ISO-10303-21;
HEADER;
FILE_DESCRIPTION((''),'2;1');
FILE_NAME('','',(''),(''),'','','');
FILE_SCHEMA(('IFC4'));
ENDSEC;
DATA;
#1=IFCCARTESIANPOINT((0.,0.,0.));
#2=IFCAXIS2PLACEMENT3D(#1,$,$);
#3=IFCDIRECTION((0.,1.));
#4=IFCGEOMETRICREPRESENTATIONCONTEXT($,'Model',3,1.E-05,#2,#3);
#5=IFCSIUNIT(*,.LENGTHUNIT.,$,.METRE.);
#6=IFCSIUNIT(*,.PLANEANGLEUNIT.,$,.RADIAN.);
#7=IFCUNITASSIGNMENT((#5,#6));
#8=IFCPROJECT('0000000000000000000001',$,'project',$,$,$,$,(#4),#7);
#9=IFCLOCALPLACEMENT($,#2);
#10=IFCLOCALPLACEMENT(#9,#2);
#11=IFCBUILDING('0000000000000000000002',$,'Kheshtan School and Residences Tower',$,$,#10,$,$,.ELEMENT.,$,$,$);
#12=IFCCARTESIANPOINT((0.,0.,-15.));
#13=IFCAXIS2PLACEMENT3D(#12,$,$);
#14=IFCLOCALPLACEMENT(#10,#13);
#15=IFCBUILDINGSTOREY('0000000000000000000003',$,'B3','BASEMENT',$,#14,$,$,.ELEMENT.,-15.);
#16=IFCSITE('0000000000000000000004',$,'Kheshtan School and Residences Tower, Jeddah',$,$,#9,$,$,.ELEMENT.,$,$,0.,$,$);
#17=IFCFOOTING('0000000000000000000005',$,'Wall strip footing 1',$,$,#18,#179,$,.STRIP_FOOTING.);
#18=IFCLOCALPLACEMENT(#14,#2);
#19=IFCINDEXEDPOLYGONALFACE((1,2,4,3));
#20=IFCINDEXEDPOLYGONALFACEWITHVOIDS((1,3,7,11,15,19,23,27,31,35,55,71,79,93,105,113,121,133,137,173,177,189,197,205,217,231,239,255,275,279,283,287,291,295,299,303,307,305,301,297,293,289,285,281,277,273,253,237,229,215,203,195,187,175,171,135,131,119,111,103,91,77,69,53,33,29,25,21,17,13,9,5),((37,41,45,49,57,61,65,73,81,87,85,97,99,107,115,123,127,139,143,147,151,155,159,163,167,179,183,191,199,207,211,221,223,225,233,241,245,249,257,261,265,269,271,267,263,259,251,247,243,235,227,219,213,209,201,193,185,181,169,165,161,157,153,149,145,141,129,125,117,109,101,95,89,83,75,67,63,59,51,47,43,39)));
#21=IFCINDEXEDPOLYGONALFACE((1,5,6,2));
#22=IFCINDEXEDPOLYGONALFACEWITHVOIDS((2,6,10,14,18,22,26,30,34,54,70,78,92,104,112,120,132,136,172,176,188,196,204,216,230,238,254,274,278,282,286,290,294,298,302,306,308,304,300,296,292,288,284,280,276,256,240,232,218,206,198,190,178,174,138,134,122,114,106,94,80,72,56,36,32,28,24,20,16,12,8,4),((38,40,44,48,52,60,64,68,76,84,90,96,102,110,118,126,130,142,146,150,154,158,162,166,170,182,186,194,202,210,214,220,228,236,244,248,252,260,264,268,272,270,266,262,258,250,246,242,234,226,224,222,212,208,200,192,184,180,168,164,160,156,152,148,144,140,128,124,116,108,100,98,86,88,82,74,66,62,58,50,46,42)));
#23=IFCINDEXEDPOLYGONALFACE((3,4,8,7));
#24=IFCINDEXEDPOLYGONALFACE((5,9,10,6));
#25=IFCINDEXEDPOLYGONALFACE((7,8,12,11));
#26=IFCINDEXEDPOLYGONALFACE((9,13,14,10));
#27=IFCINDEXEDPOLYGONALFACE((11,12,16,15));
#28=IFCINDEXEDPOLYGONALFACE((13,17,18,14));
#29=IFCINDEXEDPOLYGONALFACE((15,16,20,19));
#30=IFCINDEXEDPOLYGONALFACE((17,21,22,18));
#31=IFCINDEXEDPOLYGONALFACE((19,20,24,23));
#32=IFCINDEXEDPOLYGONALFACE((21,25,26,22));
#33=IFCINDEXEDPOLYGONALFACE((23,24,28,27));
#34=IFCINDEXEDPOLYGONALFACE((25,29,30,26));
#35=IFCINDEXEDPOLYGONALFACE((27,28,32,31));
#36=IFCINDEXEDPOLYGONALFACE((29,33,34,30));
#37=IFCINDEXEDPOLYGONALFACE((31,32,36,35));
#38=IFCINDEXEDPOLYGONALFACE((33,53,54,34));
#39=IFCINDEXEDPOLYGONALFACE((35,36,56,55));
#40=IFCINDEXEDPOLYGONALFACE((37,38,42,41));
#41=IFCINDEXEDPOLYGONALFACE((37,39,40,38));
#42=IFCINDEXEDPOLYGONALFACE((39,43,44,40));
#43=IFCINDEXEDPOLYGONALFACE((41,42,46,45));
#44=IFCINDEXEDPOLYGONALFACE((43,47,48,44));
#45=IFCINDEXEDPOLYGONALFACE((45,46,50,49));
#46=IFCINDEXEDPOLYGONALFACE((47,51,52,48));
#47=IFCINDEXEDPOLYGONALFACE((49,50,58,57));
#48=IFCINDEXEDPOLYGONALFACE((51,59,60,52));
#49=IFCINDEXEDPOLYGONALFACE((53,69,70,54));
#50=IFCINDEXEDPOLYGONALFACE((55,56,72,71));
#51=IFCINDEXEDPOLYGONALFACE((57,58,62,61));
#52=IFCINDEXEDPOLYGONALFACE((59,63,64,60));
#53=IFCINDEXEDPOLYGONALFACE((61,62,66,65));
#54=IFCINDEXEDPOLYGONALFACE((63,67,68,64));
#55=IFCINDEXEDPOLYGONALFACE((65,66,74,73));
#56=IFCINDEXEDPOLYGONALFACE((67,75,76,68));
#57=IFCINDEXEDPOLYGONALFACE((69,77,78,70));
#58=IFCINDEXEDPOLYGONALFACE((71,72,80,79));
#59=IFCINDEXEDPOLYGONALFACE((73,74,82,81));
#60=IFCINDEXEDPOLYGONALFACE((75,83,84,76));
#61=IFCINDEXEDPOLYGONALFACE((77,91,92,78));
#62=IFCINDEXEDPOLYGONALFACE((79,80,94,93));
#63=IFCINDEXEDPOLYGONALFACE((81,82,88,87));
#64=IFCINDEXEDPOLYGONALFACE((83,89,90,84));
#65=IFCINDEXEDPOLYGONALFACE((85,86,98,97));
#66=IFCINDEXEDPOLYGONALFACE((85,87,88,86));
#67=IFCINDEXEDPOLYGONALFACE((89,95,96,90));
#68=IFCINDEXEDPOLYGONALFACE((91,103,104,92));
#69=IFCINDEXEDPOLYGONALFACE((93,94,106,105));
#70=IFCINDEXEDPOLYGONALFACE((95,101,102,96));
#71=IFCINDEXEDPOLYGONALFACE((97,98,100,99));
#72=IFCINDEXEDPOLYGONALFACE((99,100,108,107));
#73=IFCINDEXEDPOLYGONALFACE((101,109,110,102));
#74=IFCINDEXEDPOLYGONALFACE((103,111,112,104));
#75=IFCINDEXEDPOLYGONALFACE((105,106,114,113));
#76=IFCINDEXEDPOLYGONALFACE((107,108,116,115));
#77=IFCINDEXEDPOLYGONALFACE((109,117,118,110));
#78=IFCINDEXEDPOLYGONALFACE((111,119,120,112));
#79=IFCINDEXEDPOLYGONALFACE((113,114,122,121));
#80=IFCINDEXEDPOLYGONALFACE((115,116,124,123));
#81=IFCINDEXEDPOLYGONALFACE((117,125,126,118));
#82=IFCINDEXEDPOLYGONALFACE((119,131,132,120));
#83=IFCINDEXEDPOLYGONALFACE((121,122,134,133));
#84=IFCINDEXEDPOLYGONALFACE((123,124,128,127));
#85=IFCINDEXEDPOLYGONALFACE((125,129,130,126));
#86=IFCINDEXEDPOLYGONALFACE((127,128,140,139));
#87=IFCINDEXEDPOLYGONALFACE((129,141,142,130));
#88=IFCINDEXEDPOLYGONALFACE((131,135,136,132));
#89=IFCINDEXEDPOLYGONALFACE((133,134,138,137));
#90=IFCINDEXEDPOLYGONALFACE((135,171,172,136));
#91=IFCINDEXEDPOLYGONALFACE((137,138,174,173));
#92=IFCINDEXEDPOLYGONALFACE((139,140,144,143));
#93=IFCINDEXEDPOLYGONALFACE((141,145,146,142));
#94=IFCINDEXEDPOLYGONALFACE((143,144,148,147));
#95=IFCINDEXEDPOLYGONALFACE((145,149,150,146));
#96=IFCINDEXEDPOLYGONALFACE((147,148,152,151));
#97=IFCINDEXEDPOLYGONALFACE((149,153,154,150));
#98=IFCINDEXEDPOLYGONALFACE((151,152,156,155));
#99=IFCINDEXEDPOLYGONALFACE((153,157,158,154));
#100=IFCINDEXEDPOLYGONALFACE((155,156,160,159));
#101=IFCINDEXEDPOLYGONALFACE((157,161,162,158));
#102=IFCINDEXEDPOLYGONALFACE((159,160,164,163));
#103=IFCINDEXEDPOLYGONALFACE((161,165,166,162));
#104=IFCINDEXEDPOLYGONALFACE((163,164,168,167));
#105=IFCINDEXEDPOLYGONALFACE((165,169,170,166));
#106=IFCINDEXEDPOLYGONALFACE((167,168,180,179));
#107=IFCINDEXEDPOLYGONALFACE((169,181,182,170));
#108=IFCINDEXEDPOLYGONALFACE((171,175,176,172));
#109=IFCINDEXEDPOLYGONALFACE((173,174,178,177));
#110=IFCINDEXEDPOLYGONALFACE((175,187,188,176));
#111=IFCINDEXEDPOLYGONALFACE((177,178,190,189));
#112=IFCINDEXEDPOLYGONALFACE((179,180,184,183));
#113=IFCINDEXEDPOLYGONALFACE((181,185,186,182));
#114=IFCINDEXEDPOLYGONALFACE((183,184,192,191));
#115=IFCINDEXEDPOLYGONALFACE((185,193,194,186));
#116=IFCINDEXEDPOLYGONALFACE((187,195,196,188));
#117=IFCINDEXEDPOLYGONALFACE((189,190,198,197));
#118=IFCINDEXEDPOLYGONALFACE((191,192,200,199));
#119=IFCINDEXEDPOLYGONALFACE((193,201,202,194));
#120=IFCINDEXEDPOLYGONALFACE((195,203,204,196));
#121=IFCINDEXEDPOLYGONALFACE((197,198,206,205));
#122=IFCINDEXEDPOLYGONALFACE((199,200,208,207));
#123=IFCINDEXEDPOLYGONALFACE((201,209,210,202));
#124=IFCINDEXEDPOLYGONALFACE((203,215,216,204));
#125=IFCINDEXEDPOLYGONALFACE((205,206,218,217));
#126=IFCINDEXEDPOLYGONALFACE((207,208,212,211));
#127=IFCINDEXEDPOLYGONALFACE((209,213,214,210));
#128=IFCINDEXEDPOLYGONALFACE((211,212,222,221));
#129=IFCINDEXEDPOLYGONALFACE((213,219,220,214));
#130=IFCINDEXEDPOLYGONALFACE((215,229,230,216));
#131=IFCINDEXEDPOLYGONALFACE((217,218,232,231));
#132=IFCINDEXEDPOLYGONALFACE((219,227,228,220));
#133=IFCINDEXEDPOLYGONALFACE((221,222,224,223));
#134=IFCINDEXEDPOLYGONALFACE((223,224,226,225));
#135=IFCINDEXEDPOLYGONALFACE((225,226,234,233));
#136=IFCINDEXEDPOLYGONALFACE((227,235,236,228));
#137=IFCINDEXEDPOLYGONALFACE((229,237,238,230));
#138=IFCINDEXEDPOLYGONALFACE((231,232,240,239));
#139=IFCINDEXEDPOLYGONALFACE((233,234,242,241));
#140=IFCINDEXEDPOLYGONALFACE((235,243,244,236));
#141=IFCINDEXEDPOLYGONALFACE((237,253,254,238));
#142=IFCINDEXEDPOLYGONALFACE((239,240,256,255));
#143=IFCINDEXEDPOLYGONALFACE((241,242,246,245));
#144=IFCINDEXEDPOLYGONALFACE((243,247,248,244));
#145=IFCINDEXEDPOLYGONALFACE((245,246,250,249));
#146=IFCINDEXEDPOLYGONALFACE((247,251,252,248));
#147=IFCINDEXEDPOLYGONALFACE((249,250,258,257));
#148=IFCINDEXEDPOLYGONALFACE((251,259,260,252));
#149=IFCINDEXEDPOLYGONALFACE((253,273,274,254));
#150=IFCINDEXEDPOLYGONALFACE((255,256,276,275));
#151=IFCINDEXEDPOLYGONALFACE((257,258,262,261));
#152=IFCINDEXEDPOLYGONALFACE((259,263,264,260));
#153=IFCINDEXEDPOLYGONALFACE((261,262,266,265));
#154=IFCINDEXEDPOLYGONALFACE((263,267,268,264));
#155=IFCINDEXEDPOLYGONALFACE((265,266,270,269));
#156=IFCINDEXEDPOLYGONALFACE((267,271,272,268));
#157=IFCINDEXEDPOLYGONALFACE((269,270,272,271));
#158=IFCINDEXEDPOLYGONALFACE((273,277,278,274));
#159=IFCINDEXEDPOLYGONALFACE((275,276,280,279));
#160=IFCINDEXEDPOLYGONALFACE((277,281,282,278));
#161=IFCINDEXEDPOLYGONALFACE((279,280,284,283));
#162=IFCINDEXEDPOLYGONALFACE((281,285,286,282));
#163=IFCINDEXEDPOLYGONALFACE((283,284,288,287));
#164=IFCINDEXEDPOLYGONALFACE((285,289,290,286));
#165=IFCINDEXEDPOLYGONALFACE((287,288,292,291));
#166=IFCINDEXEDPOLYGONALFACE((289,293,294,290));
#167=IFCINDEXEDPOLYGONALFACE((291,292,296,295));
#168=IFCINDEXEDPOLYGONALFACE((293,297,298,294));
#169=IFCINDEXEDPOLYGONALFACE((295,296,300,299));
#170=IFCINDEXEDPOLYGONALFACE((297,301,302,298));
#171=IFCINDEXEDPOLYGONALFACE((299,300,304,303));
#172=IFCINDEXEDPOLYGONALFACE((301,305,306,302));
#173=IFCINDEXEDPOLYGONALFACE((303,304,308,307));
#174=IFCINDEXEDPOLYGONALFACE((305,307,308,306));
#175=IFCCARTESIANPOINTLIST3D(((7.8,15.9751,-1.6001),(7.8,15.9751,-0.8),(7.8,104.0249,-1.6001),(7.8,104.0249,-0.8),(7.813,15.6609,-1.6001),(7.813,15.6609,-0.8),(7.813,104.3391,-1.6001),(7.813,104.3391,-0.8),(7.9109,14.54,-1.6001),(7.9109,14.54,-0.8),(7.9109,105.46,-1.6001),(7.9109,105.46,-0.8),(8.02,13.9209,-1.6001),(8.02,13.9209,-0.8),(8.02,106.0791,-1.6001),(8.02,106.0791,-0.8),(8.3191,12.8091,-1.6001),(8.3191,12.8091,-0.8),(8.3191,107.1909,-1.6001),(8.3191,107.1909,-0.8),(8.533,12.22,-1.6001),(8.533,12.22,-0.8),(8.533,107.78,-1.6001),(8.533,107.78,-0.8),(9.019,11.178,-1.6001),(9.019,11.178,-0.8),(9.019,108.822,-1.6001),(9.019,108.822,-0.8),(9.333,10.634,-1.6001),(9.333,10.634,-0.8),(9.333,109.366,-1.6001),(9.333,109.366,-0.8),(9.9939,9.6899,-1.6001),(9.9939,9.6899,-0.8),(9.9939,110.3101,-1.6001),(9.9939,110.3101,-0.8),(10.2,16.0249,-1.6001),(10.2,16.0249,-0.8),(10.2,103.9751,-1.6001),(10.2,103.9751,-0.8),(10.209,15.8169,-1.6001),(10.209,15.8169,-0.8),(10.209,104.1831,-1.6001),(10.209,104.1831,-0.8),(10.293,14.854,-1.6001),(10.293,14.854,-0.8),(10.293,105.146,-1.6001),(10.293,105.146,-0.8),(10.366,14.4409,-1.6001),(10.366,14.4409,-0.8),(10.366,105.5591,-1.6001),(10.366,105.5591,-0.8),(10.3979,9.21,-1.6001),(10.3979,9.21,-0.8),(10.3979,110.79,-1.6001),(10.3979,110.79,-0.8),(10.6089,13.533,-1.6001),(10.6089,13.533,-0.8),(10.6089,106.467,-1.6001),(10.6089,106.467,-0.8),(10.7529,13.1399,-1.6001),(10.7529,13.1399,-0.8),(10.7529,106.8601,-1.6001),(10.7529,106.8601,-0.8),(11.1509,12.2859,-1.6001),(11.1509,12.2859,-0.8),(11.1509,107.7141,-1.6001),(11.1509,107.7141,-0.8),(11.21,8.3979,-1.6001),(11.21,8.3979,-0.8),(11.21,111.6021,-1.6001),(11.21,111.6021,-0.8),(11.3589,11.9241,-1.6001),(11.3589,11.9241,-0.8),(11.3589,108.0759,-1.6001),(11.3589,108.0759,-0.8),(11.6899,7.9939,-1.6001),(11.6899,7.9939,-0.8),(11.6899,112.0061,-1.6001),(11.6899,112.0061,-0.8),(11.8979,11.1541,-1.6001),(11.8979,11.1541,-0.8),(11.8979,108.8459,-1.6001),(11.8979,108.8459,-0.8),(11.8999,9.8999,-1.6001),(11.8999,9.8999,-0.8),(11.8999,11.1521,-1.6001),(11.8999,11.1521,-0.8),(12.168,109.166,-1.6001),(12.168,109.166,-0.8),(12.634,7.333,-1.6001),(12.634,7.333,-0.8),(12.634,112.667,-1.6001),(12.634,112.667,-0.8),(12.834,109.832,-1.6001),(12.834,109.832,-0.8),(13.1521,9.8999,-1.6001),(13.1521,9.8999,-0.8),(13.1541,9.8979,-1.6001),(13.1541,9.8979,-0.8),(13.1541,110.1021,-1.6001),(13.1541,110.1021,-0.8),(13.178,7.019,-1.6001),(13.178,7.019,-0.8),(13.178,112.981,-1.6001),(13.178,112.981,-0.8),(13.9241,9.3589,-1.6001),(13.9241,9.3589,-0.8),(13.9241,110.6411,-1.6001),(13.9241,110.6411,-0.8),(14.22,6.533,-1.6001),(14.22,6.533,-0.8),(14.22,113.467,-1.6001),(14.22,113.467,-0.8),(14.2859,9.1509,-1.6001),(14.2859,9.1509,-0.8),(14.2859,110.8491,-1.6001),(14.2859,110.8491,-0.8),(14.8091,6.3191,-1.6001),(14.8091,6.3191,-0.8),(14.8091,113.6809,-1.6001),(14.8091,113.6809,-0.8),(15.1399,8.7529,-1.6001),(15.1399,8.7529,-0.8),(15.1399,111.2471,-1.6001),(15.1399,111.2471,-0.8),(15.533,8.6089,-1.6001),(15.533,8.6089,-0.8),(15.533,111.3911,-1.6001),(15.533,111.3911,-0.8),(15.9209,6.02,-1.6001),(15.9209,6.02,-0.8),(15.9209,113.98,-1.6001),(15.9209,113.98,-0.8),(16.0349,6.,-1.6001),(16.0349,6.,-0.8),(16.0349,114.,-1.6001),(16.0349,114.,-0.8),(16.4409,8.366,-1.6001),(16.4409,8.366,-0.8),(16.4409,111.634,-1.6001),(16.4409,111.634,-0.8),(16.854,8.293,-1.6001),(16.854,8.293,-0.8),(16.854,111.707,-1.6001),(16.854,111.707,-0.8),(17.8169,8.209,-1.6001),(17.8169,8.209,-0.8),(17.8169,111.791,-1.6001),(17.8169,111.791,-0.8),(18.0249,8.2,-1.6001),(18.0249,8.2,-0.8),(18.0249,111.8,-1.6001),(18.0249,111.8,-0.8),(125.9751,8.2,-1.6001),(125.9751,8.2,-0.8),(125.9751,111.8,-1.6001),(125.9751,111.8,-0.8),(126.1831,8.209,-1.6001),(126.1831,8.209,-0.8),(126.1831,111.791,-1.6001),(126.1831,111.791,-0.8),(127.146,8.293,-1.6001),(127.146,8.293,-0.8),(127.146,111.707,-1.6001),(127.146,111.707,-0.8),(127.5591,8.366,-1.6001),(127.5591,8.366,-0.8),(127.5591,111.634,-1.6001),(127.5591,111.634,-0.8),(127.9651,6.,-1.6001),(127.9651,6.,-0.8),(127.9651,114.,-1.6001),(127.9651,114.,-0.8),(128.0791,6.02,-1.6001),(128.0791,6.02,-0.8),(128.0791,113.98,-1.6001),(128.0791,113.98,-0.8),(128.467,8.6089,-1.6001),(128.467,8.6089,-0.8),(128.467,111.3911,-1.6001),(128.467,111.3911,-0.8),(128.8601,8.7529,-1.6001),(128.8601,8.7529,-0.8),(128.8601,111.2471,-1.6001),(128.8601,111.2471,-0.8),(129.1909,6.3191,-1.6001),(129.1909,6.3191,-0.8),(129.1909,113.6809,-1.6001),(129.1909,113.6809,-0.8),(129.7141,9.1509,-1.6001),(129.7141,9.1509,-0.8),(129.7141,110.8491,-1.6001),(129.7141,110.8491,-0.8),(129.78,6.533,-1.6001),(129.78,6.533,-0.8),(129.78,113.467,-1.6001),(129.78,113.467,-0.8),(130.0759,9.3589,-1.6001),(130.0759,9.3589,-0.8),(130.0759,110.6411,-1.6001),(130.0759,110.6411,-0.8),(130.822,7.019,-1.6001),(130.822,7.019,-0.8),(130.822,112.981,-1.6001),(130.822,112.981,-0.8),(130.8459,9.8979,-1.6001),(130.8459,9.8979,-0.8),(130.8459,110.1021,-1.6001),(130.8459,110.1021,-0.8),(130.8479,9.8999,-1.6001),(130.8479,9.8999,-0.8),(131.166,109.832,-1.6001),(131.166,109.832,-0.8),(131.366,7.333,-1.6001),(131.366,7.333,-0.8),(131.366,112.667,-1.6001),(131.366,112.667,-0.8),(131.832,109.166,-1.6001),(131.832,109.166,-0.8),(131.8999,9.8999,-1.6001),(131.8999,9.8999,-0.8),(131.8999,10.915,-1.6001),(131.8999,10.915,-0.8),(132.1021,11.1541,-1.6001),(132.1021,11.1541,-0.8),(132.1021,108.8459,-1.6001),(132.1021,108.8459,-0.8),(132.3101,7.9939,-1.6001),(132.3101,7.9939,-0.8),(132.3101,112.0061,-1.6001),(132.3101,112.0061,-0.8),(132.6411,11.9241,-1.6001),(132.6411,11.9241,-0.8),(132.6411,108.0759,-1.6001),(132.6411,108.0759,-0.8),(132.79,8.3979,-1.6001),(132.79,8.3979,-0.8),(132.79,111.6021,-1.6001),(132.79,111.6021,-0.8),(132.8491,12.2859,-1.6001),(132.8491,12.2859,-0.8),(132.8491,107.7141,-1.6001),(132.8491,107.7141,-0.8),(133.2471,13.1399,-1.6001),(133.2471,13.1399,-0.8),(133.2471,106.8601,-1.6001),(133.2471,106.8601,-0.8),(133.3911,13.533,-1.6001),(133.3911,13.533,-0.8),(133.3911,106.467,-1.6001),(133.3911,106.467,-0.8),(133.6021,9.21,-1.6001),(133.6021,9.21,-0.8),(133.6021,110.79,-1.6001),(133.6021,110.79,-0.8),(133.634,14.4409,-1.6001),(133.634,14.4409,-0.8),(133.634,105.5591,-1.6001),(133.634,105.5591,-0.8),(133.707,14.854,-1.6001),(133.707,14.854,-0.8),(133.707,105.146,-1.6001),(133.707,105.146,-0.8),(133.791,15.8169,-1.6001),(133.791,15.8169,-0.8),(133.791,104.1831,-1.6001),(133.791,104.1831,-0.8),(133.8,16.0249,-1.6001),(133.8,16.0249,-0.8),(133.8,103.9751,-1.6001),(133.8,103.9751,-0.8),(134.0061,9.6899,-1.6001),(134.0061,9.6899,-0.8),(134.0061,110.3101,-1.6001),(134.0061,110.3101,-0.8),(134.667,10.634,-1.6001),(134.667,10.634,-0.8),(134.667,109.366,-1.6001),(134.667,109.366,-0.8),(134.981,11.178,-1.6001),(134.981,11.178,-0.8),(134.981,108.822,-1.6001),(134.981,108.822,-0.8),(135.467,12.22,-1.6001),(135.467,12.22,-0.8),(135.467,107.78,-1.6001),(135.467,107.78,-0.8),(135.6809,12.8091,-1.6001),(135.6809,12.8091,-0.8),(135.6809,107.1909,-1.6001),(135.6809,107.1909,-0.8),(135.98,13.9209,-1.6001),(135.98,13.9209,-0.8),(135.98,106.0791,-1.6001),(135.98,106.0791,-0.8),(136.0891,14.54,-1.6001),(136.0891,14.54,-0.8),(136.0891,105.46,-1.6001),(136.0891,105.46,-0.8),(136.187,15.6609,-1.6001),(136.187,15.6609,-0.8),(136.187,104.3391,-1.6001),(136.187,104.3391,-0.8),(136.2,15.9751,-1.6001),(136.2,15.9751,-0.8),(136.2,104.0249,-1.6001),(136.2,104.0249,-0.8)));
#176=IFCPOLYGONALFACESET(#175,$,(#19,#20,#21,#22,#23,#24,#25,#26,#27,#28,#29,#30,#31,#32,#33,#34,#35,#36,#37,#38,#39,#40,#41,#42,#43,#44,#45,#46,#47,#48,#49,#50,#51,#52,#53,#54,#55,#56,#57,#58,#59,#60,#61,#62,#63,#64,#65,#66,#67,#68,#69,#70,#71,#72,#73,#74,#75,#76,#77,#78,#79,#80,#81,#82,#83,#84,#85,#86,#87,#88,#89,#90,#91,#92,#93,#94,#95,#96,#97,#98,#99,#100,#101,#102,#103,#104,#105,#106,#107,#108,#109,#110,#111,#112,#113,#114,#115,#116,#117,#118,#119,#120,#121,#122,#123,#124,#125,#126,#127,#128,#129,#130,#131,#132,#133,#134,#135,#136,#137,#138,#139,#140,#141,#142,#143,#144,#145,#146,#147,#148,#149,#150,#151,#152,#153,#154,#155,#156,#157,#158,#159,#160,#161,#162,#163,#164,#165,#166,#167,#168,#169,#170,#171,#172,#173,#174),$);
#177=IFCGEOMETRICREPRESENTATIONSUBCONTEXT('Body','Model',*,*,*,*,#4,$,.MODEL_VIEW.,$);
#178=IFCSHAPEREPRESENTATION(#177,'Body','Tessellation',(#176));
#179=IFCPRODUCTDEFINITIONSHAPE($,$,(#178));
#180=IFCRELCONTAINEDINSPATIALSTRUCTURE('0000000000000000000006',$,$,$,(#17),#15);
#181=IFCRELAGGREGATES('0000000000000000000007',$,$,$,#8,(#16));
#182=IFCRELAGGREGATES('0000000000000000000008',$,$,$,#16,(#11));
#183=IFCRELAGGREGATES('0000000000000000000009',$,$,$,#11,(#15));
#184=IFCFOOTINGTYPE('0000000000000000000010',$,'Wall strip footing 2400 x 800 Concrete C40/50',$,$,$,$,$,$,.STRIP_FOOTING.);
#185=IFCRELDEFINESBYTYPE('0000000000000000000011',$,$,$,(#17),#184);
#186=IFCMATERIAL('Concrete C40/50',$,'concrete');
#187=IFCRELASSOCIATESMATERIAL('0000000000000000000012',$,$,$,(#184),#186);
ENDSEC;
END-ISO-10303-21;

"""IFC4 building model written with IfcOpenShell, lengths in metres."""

from ifc_helpers import new_model, si_unit, direction, frame, origin, place, context, subcontext, project, spatial, polyline, outline, extrude, material, type_object, element, save


model = new_model("IFC4")

# Units and contexts
model_context = context("Model", 3, precision=1e-05, world=origin(), true_north=direction((0.0, 1.0)))
body_context = subcontext(model_context, "Body", "Model", "MODEL_VIEW")
ifc_project = project(units=[si_unit("LENGTHUNIT", "METRE"), si_unit("PLANEANGLEUNIT", "RADIAN")], contexts=[model_context])

# Site, building, storey
site_placement = place(None, origin())
site = spatial("IfcSite", under=ifc_project, at=site_placement, Name="Kheshtan School and Residences Tower, Jeddah", CompositionType="ELEMENT", RefElevation=0.0)
building_placement = place(site_placement, origin())
building = spatial("IfcBuilding", under=site, at=building_placement, Name="Kheshtan School and Residences Tower", CompositionType="ELEMENT")
storey_placement = place(building_placement, frame((0.0, 0.0, -15.0)))
storey = spatial("IfcBuildingStorey", under=building, at=storey_placement, Name="B3", Description="BASEMENT", CompositionType="ELEMENT", Elevation=-15.0)

# Footing
ifc_material_1 = material(Name="Concrete C40/50", Category="concrete")
footing_type_1 = type_object("IfcFootingType", Name="Wall strip footing 2400 x 800 Concrete C40/50", PredefinedType="STRIP_FOOTING", material=ifc_material_1)
footing_1_placement = place(storey_placement, frame((0.0, 0.0, -1.6001)))
element("IfcFooting", 1, at=footing_1_placement, inside=storey, type_object=footing_type_1, Name="Wall strip footing 1", PredefinedType="STRIP_FOOTING", context=body_context, shape_type="SweptSolid", body=[
    extrude(outline(polyline([(8.02, 106.0791), (8.3191, 107.1909), (8.533, 107.78), (9.019, 108.822), (9.333, 109.366), (9.9939, 110.3101), (10.3979, 110.79), (11.21, 111.6021), (11.6899, 112.0061), (12.634, 112.667), (13.178, 112.981), (14.22, 113.467), (14.8091, 113.6809), (15.9209, 113.98), (16.0349, 114.0), (127.9651, 114.0), (128.0791, 113.98), (129.1909, 113.6809), (129.78, 113.467), (130.822, 112.981), (131.366, 112.667), (132.3101, 112.0061), (132.79, 111.6021), (133.6021, 110.79), (134.0061, 110.3101), (134.667, 109.366), (134.981, 108.822), (135.467, 107.78), (135.6809, 107.1909), (135.98, 106.0791), (136.0891, 105.46), (136.187, 104.3391), (136.2, 104.0249), (136.2, 15.9751), (136.187, 15.6609), (136.0891, 14.54), (135.98, 13.9209), (135.6809, 12.8091), (135.467, 12.22), (134.981, 11.178), (134.667, 10.634), (134.0061, 9.6899), (133.6021, 9.21), (132.79, 8.3979), (132.3101, 7.9939), (131.366, 7.333), (130.822, 7.019), (129.78, 6.533), (129.1909, 6.3191), (128.0791, 6.02), (127.9651, 6.0), (16.0349, 6.0), (15.9209, 6.02), (14.8091, 6.3191), (14.22, 6.533), (13.178, 7.019), (12.634, 7.333), (11.6899, 7.9939), (11.21, 8.3979), (10.3979, 9.21), (9.9939, 9.6899), (9.333, 10.634), (9.019, 11.178), (8.533, 12.22), (8.3191, 12.8091), (8.02, 13.9209), (7.9109, 14.54), (7.813, 15.6609), (7.8, 15.9751), (7.8, 104.0249), (7.813, 104.3391), (7.9109, 105.46), (8.02, 106.0791)]), holes=[polyline([(10.293, 14.854), (10.366, 14.4409), (10.6089, 13.533), (10.7529, 13.1399), (11.1509, 12.2859), (11.3589, 11.9241), (11.8979, 11.1541), (11.8999, 11.1521), (11.8999, 9.8999), (13.1521, 9.8999), (13.1541, 9.8979), (13.9241, 9.3589), (14.2859, 9.1509), (15.1399, 8.7529), (15.533, 8.6089), (16.4409, 8.366), (16.854, 8.293), (17.8169, 8.209), (18.0249, 8.2), (125.9751, 8.2), (126.1831, 8.209), (127.146, 8.293), (127.5591, 8.366), (128.467, 8.6089), (128.8601, 8.7529), (129.7141, 9.1509), (130.0759, 9.3589), (130.8459, 9.8979), (130.8479, 9.8999), (131.8999, 9.8999), (131.8999, 10.915), (132.1021, 11.1541), (132.6411, 11.9241), (132.8491, 12.2859), (133.2471, 13.1399), (133.3911, 13.533), (133.634, 14.4409), (133.707, 14.854), (133.791, 15.8169), (133.8, 16.0249), (133.8, 103.9751), (133.791, 104.1831), (133.707, 105.146), (133.634, 105.5591), (133.3911, 106.467), (133.2471, 106.8601), (132.8491, 107.7141), (132.6411, 108.0759), (132.1021, 108.8459), (131.832, 109.166), (131.166, 109.832), (130.8459, 110.1021), (130.0759, 110.6411), (129.7141, 110.8491), (128.8601, 111.2471), (128.467, 111.3911), (127.5591, 111.634), (127.146, 111.707), (126.1831, 111.791), (125.9751, 111.8), (18.0249, 111.8), (17.8169, 111.791), (16.854, 111.707), (16.4409, 111.634), (15.533, 111.3911), (15.1399, 111.2471), (14.2859, 110.8491), (13.9241, 110.6411), (13.1541, 110.1021), (12.834, 109.832), (12.168, 109.166), (11.8979, 108.8459), (11.3589, 108.0759), (11.1509, 107.7141), (10.7529, 106.8601), (10.6089, 106.467), (10.366, 105.5591), (10.293, 105.146), (10.209, 104.1831), (10.2, 103.9751), (10.2, 16.0249), (10.209, 15.8169), (10.293, 14.854)])]), origin(), (0.0, 0.0, 1.0), 0.8),
])

save(model, "model.ifc")
